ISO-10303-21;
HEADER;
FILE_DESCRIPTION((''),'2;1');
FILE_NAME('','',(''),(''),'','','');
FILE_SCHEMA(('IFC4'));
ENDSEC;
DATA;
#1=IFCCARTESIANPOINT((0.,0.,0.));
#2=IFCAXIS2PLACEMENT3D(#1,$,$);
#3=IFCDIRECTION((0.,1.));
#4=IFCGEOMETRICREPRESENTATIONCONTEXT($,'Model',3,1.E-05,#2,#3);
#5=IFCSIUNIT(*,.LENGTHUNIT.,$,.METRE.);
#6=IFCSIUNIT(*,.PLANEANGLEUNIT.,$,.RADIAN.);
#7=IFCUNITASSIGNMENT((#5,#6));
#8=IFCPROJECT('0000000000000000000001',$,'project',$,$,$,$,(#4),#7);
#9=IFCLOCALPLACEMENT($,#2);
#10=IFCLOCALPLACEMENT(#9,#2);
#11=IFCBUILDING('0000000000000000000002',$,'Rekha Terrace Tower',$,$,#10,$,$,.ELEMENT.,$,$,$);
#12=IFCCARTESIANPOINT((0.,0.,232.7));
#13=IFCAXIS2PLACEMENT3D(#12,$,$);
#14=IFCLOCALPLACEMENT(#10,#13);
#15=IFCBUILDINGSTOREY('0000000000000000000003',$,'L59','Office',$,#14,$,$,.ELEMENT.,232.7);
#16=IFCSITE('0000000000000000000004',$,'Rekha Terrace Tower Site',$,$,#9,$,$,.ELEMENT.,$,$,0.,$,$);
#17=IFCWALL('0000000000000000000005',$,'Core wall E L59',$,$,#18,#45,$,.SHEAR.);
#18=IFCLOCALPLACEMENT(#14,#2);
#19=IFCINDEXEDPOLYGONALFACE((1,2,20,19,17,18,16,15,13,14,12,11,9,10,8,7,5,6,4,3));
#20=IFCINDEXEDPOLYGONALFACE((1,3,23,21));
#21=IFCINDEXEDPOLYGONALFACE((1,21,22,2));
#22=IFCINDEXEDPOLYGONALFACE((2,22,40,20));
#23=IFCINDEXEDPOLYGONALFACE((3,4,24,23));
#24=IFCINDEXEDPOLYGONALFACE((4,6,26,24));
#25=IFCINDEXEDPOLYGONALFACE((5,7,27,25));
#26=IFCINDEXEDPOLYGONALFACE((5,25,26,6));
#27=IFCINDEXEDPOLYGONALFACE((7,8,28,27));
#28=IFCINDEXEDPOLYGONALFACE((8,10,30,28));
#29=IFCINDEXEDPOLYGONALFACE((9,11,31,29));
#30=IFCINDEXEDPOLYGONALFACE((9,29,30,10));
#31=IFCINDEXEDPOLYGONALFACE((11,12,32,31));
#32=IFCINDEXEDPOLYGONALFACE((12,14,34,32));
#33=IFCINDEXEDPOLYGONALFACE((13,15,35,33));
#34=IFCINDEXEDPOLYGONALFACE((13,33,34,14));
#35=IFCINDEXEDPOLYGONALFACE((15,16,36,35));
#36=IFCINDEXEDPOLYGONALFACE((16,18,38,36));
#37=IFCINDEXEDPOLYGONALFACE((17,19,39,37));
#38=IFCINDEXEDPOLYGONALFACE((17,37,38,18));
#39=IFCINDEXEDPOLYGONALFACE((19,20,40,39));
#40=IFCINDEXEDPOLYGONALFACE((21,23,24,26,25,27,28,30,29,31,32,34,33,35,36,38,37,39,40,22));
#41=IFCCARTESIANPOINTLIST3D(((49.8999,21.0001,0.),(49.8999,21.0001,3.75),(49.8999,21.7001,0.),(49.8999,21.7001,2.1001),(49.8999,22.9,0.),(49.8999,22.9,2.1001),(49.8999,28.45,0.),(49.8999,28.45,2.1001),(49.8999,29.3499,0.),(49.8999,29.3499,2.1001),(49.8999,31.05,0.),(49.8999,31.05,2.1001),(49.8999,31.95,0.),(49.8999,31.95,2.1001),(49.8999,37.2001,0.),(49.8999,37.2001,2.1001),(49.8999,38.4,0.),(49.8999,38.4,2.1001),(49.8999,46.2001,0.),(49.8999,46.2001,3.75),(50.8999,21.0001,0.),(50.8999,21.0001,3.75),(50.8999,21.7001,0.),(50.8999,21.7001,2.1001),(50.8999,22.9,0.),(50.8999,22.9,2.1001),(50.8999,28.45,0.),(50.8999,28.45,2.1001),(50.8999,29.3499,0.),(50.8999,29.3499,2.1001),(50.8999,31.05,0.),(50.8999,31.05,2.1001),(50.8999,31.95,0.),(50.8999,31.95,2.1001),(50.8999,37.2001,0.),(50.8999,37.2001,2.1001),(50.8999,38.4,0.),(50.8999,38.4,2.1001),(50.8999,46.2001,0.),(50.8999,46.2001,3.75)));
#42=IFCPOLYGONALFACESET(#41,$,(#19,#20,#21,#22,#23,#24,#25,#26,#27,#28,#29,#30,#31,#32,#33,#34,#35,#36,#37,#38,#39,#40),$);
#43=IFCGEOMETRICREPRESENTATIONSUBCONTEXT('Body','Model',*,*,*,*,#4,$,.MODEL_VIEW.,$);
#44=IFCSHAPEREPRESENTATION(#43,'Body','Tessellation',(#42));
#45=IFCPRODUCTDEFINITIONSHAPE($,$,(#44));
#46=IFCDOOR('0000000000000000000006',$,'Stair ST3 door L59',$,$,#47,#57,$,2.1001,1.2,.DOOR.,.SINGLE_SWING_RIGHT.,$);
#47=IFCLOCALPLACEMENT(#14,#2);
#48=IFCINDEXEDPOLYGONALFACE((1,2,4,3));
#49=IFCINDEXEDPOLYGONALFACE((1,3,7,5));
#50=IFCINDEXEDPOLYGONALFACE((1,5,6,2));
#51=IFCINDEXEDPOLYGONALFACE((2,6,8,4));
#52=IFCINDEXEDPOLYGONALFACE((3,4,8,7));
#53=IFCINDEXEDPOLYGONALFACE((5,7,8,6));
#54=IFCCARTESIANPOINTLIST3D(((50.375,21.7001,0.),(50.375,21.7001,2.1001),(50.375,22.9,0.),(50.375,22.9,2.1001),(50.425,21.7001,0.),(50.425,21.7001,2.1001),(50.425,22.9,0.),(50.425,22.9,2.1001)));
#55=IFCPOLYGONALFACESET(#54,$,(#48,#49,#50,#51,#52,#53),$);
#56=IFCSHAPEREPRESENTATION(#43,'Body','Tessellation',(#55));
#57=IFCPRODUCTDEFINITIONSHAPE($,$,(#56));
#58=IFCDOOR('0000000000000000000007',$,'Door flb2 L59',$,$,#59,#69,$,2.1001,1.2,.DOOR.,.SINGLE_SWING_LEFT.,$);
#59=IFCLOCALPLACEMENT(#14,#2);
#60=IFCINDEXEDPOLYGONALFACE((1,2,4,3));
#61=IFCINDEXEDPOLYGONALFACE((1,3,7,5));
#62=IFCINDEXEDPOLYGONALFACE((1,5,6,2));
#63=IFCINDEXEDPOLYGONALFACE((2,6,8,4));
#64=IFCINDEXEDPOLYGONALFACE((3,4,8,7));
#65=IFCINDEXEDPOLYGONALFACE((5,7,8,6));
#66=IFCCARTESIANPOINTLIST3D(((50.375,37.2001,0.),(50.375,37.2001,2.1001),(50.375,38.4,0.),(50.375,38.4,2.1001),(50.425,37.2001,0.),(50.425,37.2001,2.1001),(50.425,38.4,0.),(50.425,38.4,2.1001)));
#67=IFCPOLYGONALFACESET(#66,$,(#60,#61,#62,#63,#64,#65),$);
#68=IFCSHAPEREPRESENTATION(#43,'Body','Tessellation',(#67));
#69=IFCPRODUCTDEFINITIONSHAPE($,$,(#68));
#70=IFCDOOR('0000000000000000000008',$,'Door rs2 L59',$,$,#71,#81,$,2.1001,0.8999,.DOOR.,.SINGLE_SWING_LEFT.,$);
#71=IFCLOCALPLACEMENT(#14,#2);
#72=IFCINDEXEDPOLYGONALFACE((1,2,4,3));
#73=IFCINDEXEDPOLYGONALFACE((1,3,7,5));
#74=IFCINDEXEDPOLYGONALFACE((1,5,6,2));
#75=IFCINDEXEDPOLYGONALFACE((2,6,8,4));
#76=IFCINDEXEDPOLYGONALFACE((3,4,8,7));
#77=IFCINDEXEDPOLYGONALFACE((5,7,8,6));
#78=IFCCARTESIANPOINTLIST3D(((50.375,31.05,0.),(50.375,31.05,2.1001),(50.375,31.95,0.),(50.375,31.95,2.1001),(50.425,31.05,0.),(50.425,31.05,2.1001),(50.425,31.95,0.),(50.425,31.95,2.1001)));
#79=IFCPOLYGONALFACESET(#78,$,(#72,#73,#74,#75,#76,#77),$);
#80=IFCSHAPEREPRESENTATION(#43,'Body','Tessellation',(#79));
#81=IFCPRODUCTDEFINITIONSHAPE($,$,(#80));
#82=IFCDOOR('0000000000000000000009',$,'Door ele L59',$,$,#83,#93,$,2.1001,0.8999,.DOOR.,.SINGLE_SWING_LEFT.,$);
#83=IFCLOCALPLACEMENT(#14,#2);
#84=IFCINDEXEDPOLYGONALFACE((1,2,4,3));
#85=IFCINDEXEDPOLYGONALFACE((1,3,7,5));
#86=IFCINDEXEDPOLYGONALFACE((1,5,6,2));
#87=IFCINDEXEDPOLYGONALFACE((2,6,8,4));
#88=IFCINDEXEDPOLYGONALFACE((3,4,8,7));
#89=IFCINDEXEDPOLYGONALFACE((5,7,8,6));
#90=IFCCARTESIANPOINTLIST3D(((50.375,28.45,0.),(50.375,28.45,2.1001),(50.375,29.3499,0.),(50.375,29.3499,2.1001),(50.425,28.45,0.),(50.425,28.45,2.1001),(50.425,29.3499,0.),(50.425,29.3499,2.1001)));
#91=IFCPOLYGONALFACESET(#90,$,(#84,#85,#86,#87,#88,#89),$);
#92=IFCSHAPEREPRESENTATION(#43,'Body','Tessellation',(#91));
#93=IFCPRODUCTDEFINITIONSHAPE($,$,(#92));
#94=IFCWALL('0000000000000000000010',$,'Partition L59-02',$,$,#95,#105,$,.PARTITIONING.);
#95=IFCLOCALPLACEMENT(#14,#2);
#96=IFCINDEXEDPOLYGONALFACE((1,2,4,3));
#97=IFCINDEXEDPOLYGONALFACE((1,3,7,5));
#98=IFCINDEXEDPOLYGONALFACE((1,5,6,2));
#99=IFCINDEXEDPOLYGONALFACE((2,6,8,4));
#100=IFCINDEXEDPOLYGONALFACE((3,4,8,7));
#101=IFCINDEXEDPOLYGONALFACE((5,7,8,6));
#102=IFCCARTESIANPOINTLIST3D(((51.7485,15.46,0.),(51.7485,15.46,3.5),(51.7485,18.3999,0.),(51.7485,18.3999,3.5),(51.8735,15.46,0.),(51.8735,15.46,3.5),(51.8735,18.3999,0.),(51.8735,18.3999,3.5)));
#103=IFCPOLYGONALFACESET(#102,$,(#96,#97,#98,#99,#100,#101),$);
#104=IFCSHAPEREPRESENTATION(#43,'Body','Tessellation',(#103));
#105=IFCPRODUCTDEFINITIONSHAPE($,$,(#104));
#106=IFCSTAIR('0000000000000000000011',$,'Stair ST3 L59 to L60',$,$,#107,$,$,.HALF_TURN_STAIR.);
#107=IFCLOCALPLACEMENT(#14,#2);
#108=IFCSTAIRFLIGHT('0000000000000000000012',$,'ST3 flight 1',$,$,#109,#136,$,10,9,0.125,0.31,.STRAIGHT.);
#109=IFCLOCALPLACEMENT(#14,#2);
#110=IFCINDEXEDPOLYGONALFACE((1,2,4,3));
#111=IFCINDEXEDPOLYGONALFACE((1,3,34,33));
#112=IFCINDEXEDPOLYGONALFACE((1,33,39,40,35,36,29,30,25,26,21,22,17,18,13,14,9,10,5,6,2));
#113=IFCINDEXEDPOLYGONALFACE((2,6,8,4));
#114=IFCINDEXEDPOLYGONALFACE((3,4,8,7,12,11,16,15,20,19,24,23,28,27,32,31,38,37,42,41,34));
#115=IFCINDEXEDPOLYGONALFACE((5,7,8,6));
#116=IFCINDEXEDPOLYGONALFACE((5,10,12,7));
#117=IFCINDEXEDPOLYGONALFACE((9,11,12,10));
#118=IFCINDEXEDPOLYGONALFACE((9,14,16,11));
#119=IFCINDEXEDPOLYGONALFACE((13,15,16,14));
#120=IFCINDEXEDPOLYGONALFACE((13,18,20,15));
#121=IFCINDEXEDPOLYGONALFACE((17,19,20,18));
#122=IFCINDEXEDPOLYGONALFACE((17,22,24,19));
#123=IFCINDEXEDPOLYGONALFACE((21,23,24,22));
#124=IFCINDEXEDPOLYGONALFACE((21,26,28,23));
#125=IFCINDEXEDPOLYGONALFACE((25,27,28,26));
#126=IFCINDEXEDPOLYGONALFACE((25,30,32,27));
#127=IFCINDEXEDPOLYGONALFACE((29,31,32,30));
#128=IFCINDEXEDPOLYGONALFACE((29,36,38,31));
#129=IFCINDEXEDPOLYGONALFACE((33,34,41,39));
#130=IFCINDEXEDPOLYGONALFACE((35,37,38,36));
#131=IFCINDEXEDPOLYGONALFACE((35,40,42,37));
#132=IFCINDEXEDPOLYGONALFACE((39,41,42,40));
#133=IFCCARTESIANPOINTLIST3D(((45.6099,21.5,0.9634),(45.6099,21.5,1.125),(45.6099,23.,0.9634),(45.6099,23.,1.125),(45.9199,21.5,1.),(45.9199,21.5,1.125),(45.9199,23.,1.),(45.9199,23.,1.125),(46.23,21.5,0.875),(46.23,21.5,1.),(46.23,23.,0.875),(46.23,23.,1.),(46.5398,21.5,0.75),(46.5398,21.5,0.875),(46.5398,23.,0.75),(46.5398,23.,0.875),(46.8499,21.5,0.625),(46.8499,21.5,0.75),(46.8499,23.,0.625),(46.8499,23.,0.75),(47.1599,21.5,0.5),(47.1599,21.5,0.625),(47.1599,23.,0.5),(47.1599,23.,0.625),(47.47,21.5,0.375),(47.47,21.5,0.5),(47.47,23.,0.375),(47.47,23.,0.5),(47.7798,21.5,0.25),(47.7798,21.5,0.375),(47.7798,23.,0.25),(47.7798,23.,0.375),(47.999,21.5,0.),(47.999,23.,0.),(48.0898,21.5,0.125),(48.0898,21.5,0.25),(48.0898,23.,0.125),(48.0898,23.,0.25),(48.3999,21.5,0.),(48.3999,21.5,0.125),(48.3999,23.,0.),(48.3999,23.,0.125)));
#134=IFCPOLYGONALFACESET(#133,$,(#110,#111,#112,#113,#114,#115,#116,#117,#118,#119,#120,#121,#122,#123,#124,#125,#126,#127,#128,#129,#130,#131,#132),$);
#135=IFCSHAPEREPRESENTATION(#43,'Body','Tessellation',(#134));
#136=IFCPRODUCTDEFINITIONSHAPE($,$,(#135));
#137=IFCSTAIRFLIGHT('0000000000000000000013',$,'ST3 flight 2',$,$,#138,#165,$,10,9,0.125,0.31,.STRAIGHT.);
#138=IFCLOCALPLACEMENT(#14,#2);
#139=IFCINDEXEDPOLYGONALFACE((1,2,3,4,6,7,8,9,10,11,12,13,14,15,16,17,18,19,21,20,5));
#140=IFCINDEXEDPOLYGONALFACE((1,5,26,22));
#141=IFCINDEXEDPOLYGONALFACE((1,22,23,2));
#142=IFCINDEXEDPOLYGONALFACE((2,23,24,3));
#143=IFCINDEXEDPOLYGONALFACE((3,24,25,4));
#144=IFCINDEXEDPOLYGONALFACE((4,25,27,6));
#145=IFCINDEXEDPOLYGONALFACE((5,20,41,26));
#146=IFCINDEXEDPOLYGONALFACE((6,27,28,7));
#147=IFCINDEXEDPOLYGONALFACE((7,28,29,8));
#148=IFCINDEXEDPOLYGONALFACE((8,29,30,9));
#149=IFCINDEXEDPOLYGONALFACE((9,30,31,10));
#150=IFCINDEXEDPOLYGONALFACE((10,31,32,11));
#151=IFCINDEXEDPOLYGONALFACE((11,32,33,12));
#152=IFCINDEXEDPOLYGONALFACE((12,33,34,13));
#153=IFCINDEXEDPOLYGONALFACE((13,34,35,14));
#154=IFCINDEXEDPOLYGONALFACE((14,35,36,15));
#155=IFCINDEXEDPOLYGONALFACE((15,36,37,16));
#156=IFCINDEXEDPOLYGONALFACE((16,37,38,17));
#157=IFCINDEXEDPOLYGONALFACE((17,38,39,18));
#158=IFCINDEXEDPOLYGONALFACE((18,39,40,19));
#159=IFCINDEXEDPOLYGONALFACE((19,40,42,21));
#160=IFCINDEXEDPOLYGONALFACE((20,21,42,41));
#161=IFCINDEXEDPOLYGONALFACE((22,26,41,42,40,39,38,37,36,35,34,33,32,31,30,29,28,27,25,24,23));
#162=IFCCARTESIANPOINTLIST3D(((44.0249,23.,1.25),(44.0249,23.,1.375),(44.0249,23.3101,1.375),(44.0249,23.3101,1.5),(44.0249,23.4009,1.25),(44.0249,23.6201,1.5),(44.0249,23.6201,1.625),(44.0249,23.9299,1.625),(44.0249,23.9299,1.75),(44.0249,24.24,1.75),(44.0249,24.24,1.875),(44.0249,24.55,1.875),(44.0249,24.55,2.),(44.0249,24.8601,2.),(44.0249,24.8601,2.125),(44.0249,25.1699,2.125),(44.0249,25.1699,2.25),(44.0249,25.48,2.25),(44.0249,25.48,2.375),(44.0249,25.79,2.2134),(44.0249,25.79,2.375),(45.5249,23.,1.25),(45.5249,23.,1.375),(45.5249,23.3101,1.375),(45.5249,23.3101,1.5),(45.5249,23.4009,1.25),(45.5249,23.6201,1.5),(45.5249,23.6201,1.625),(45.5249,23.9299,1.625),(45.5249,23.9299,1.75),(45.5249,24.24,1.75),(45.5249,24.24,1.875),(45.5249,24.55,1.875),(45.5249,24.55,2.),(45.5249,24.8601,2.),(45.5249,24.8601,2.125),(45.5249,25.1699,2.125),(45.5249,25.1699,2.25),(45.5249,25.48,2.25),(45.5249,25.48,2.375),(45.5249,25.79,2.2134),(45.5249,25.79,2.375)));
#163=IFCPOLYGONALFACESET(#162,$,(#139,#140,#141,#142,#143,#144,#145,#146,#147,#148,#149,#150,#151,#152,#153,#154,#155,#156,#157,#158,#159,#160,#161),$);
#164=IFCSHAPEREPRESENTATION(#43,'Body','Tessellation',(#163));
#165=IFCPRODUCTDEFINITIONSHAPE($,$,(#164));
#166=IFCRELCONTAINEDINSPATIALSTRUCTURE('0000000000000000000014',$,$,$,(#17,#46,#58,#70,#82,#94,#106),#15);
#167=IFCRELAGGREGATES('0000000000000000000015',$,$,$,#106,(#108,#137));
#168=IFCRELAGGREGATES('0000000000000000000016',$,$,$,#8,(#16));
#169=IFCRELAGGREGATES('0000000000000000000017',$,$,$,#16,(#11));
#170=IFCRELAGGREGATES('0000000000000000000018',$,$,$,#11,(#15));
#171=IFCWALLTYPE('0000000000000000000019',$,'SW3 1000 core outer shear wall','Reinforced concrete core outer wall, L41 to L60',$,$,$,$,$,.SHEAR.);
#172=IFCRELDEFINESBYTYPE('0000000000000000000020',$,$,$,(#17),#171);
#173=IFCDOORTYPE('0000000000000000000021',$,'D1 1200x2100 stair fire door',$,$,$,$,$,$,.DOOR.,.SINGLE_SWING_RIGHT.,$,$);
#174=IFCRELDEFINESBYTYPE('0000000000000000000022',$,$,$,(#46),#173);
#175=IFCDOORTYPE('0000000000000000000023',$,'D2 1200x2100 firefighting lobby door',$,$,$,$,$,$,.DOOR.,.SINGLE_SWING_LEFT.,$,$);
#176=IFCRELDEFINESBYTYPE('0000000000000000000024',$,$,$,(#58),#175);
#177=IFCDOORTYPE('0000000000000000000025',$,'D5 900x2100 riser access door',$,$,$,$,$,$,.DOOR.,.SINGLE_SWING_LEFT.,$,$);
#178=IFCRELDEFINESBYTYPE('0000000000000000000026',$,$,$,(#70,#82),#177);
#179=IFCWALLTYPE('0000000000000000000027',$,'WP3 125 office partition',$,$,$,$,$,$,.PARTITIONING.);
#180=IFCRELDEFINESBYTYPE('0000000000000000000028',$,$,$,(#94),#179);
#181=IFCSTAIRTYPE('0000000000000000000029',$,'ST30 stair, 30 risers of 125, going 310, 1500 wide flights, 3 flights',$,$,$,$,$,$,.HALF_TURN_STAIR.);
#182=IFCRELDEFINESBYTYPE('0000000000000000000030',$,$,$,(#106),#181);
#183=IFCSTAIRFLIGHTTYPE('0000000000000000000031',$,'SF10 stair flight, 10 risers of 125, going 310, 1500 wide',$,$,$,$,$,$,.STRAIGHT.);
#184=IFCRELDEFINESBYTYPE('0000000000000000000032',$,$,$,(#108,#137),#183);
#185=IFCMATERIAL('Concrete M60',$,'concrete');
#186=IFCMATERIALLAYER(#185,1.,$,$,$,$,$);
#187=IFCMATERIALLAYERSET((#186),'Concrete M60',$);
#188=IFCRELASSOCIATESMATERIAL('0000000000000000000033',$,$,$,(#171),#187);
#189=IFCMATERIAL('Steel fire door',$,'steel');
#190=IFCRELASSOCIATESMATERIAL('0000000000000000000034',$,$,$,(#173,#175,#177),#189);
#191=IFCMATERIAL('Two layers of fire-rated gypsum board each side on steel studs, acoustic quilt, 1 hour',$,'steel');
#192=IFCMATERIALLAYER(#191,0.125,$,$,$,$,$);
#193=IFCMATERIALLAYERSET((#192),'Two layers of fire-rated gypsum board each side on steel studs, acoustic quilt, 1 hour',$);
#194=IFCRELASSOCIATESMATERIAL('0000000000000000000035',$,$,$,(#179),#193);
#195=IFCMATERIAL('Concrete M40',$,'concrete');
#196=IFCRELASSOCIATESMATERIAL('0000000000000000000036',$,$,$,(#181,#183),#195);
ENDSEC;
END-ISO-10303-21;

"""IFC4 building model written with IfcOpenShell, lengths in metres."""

from ifc_helpers import new_model, si_unit, direction, frame, frame_2d, origin, place, context, subcontext, project, spatial, polyline, rectangle, outline, extrude, material, layer, layer_set, type_object, element, fill, aggregate, save


model = new_model("IFC4")

# Units and contexts
model_context = context("Model", 3, precision=1e-05, world=origin(), true_north=direction((0.0, 1.0)))
body_context = subcontext(model_context, "Body", "Model", "MODEL_VIEW")
ifc_project = project(units=[si_unit("LENGTHUNIT", "METRE"), si_unit("PLANEANGLEUNIT", "RADIAN")], contexts=[model_context])

# Site, building, storey
site_placement = place(None, origin())
site = spatial("IfcSite", under=ifc_project, at=site_placement, Name="Rekha Terrace Tower Site", CompositionType="ELEMENT", RefElevation=0.0)
building_placement = place(site_placement, origin())
building = spatial("IfcBuilding", under=site, at=building_placement, Name="Rekha Terrace Tower", CompositionType="ELEMENT")
storey_placement = place(building_placement, frame((0.0, 0.0, 232.7)))
storey = spatial("IfcBuildingStorey", under=building, at=storey_placement, Name="L59", Description="Office", CompositionType="ELEMENT", Elevation=232.7)

# Shared definitions
ifc_material_1 = material(Name="Concrete M60", Category="concrete")

# Wall, openings, doors
ifc_layer_1 = layer(ifc_material_1, 1.0)
ifc_layer_set_1 = layer_set([ifc_layer_1], Name="Concrete M60")
wall_type_1 = type_object("IfcWallType", Name="SW3 1000 core outer shear wall", Description="Reinforced concrete core outer wall, L41 to L60", PredefinedType="SHEAR", material=ifc_layer_set_1)
wall_1_placement = place(storey_placement, frame((50.3999, 21.0, 0.0), z_axis=(0.0, 0.0, 1.0), x_axis=(0.0, 1.0, 0.0)))
wall_1 = element("IfcWall", 1, at=wall_1_placement, inside=storey, type_object=wall_type_1, Name="Core wall E L59", PredefinedType="SHEAR", context=body_context, shape_type="SweptSolid", body=[
    extrude(rectangle(XDim=25.2, YDim=1.0, at=frame_2d((12.6001, 0.0))), origin(), (0.0, 0.0, 1.0), 3.75),
])
opening_1_placement = place(wall_1_placement, frame((16.2, 0.0, 0.0)))
opening_1 = element("IfcOpeningElement", 2, at=opening_1_placement, cuts=wall_1, PredefinedType="OPENING", context=body_context, shape_type="SweptSolid", body=[
    extrude(rectangle(XDim=1.2, YDim=2.1001, at=frame_2d((0.6001, 1.05))), frame((0.0, 0.51, 0.0), z_axis=(0.0, -1.0, 0.0), x_axis=(1.0, 0.0, 0.0)), (0.0, 0.0, 1.0), 1.02),
])
opening_2_placement = place(wall_1_placement, frame((10.05, 0.0, 0.0)))
opening_2 = element("IfcOpeningElement", 3, at=opening_2_placement, cuts=wall_1, PredefinedType="OPENING", context=body_context, shape_type="SweptSolid", body=[
    extrude(rectangle(XDim=0.8999, YDim=2.1001, at=frame_2d((0.45, 1.05))), frame((0.0, 0.51, 0.0), z_axis=(0.0, -1.0, 0.0), x_axis=(1.0, 0.0, 0.0)), (0.0, 0.0, 1.0), 1.02),
])
opening_3_placement = place(wall_1_placement, frame((7.45, 0.0, 0.0)))
opening_3 = element("IfcOpeningElement", 4, at=opening_3_placement, cuts=wall_1, PredefinedType="OPENING", context=body_context, shape_type="SweptSolid", body=[
    extrude(rectangle(XDim=0.8999, YDim=2.1001, at=frame_2d((0.45, 1.05))), frame((0.0, 0.51, 0.0), z_axis=(0.0, -1.0, 0.0), x_axis=(1.0, 0.0, 0.0)), (0.0, 0.0, 1.0), 1.02),
])
opening_4_placement = place(wall_1_placement, frame((0.7, 0.0, 0.0)))
opening_4 = element("IfcOpeningElement", 5, at=opening_4_placement, cuts=wall_1, PredefinedType="OPENING", context=body_context, shape_type="SweptSolid", body=[
    extrude(rectangle(XDim=1.2, YDim=2.1001, at=frame_2d((0.6001, 1.05))), frame((0.0, 0.51, 0.0), z_axis=(0.0, -1.0, 0.0), x_axis=(1.0, 0.0, 0.0)), (0.0, 0.0, 1.0), 1.02),
])
ifc_material_2 = material(Name="Steel fire door", Category="steel")
door_type_1 = type_object("IfcDoorType", Name="D1 1200x2100 stair fire door", OperationType="SINGLE_SWING_RIGHT", PredefinedType="DOOR", material=ifc_material_2)
door_1_placement = place(opening_4_placement, origin())
door_1 = element("IfcDoor", 6, at=door_1_placement, inside=storey, type_object=door_type_1, Name="Stair ST3 door L59", OperationType="SINGLE_SWING_RIGHT", OverallHeight=2.1001, OverallWidth=1.2, PredefinedType="DOOR", context=body_context, shape_type="SweptSolid", body=[
    extrude(rectangle(XDim=1.2, YDim=2.1001, at=frame_2d((0.6001, 1.05))), frame((0.0, 0.0249, 0.0), z_axis=(0.0, -1.0, 0.0), x_axis=(1.0, 0.0, 0.0)), (0.0, 0.0, 1.0), 0.05),
])
fill(opening_4, door_1)
door_type_2 = type_object("IfcDoorType", Name="D2 1200x2100 firefighting lobby door", OperationType="SINGLE_SWING_LEFT", PredefinedType="DOOR", material=ifc_material_2)
door_2_placement = place(opening_1_placement, origin())
door_2 = element("IfcDoor", 7, at=door_2_placement, inside=storey, type_object=door_type_2, Name="Door flb2 L59", OperationType="SINGLE_SWING_LEFT", OverallHeight=2.1001, OverallWidth=1.2, PredefinedType="DOOR", context=body_context, shape_type="SweptSolid", body=[
    extrude(rectangle(XDim=1.2, YDim=2.1001, at=frame_2d((0.6001, 1.05))), frame((0.0, 0.0249, 0.0), z_axis=(0.0, -1.0, 0.0), x_axis=(1.0, 0.0, 0.0)), (0.0, 0.0, 1.0), 0.05),
])
fill(opening_1, door_2)
door_type_3 = type_object("IfcDoorType", Name="D5 900x2100 riser access door", OperationType="SINGLE_SWING_LEFT", PredefinedType="DOOR", material=ifc_material_2)
door_3_placement = place(opening_2_placement, origin())
door_3 = element("IfcDoor", 8, at=door_3_placement, inside=storey, type_object=door_type_3, Name="Door rs2 L59", OperationType="SINGLE_SWING_LEFT", OverallHeight=2.1001, OverallWidth=0.8999, PredefinedType="DOOR", context=body_context, shape_type="SweptSolid", body=[
    extrude(rectangle(XDim=0.8999, YDim=2.1001, at=frame_2d((0.45, 1.05))), frame((0.0, 0.0249, 0.0), z_axis=(0.0, -1.0, 0.0), x_axis=(1.0, 0.0, 0.0)), (0.0, 0.0, 1.0), 0.05),
])
fill(opening_2, door_3)
door_4_placement = place(opening_3_placement, origin())
door_4 = element("IfcDoor", 9, at=door_4_placement, inside=storey, type_object=door_type_3, Name="Door ele L59", OperationType="SINGLE_SWING_LEFT", OverallHeight=2.1001, OverallWidth=0.8999, PredefinedType="DOOR", context=body_context, shape_type="SweptSolid", body=[
    extrude(rectangle(XDim=0.8999, YDim=2.1001, at=frame_2d((0.45, 1.05))), frame((0.0, 0.0249, 0.0), z_axis=(0.0, -1.0, 0.0), x_axis=(1.0, 0.0, 0.0)), (0.0, 0.0, 1.0), 0.05),
])
fill(opening_3, door_4)

# Wall
ifc_material_3 = material(Name="Two layers of fire-rated gypsum board each side on steel studs, acoustic quilt, 1 hour", Category="steel")
ifc_layer_2 = layer(ifc_material_3, 0.125)
ifc_layer_set_2 = layer_set([ifc_layer_2], Name="Two layers of fire-rated gypsum board each side on steel studs, acoustic quilt, 1 hour")
wall_type_2 = type_object("IfcWallType", Name="WP3 125 office partition", PredefinedType="PARTITIONING", material=ifc_layer_set_2)
wall_2_placement = place(storey_placement, frame((51.811, 18.3999, 0.0), z_axis=(0.0, 0.0, 1.0), x_axis=(0.0, -1.0, 0.0)))
element("IfcWall", 10, at=wall_2_placement, inside=storey, type_object=wall_type_2, Name="Partition L59-02", PredefinedType="PARTITIONING", context=body_context, shape_type="SweptSolid", body=[
    extrude(rectangle(XDim=2.9399, YDim=0.125, at=frame_2d((1.47, 0.0))), origin(), (0.0, 0.0, 1.0), 3.5),
])

# Stair, stair flights
ifc_material_4 = material(Name="Concrete M40", Category="concrete")
stair_type = type_object("IfcStairType", Name="ST30 stair, 30 risers of 125, going 310, 1500 wide flights, 3 flights", PredefinedType="HALF_TURN_STAIR", material=ifc_material_4)
stair_placement = place(storey_placement, origin())
stair = element("IfcStair", 11, at=stair_placement, inside=storey, type_object=stair_type, Name="Stair ST3 L59 to L60", PredefinedType="HALF_TURN_STAIR")
stair_flight_type = type_object("IfcStairFlightType", Name="SF10 stair flight, 10 risers of 125, going 310, 1500 wide", PredefinedType="STRAIGHT", material=ifc_material_4)
stair_flight_1_placement = place(storey_placement, frame((48.3999, 22.25, 0.0), z_axis=(0.0, 0.0, 1.0), x_axis=(-1.0, 0.0, 0.0)))
stair_flight_1 = element("IfcStairFlight", 12, at=stair_flight_1_placement, type_object=stair_flight_type, Name="ST3 flight 1", NumberOfRisers=10, NumberOfTreads=9, PredefinedType="STRAIGHT", RiserHeight=0.125, TreadLength=0.31, context=body_context, shape_type="SweptSolid", body=[
    extrude(outline(polyline([(0.0, 0.0), (0.0, 0.125), (0.3101, 0.125), (0.3101, 0.25), (0.6201, 0.25), (0.6201, 0.375), (0.9299, 0.375), (0.9299, 0.5), (1.24, 0.5), (1.24, 0.625), (1.55, 0.625), (1.55, 0.75), (1.8601, 0.75), (1.8601, 0.875), (2.1699, 0.875), (2.1699, 1.0), (2.48, 1.0), (2.48, 1.125), (2.79, 1.125), (2.79, 1.25), (2.79, 0.9634), (0.4009, 0.0), (0.0, 0.0)])), frame((0.0, 0.75, 0.0), z_axis=(0.0, -1.0, 0.0), x_axis=(1.0, 0.0, 0.0)), (0.0, 0.0, 1.0), 1.5),
])
stair_flight_2_placement = place(storey_placement, frame((44.7749, 23.0, 1.25), z_axis=(0.0, 0.0, 1.0), x_axis=(0.0, 1.0, 0.0)))
stair_flight_2 = element("IfcStairFlight", 13, at=stair_flight_2_placement, type_object=stair_flight_type, Name="ST3 flight 2", NumberOfRisers=10, NumberOfTreads=9, PredefinedType="STRAIGHT", RiserHeight=0.125, TreadLength=0.31, context=body_context, shape_type="SweptSolid", body=[
    extrude(outline(polyline([(0.0, 0.0), (0.0, 0.125), (0.3101, 0.125), (0.3101, 0.25), (0.6201, 0.25), (0.6201, 0.375), (0.9299, 0.375), (0.9299, 0.5), (1.24, 0.5), (1.24, 0.625), (1.55, 0.625), (1.55, 0.75), (1.8601, 0.75), (1.8601, 0.875), (2.1699, 0.875), (2.1699, 1.0), (2.48, 1.0), (2.48, 1.125), (2.79, 1.125), (2.79, 1.25), (2.79, 0.9634), (0.4009, 0.0), (0.0, 0.0)])), frame((0.0, 0.75, 0.0), z_axis=(0.0, -1.0, 0.0), x_axis=(1.0, 0.0, 0.0)), (0.0, 0.0, 1.0), 1.5),
])
aggregate(stair, [stair_flight_1, stair_flight_2])

save(model, "model.ifc")
